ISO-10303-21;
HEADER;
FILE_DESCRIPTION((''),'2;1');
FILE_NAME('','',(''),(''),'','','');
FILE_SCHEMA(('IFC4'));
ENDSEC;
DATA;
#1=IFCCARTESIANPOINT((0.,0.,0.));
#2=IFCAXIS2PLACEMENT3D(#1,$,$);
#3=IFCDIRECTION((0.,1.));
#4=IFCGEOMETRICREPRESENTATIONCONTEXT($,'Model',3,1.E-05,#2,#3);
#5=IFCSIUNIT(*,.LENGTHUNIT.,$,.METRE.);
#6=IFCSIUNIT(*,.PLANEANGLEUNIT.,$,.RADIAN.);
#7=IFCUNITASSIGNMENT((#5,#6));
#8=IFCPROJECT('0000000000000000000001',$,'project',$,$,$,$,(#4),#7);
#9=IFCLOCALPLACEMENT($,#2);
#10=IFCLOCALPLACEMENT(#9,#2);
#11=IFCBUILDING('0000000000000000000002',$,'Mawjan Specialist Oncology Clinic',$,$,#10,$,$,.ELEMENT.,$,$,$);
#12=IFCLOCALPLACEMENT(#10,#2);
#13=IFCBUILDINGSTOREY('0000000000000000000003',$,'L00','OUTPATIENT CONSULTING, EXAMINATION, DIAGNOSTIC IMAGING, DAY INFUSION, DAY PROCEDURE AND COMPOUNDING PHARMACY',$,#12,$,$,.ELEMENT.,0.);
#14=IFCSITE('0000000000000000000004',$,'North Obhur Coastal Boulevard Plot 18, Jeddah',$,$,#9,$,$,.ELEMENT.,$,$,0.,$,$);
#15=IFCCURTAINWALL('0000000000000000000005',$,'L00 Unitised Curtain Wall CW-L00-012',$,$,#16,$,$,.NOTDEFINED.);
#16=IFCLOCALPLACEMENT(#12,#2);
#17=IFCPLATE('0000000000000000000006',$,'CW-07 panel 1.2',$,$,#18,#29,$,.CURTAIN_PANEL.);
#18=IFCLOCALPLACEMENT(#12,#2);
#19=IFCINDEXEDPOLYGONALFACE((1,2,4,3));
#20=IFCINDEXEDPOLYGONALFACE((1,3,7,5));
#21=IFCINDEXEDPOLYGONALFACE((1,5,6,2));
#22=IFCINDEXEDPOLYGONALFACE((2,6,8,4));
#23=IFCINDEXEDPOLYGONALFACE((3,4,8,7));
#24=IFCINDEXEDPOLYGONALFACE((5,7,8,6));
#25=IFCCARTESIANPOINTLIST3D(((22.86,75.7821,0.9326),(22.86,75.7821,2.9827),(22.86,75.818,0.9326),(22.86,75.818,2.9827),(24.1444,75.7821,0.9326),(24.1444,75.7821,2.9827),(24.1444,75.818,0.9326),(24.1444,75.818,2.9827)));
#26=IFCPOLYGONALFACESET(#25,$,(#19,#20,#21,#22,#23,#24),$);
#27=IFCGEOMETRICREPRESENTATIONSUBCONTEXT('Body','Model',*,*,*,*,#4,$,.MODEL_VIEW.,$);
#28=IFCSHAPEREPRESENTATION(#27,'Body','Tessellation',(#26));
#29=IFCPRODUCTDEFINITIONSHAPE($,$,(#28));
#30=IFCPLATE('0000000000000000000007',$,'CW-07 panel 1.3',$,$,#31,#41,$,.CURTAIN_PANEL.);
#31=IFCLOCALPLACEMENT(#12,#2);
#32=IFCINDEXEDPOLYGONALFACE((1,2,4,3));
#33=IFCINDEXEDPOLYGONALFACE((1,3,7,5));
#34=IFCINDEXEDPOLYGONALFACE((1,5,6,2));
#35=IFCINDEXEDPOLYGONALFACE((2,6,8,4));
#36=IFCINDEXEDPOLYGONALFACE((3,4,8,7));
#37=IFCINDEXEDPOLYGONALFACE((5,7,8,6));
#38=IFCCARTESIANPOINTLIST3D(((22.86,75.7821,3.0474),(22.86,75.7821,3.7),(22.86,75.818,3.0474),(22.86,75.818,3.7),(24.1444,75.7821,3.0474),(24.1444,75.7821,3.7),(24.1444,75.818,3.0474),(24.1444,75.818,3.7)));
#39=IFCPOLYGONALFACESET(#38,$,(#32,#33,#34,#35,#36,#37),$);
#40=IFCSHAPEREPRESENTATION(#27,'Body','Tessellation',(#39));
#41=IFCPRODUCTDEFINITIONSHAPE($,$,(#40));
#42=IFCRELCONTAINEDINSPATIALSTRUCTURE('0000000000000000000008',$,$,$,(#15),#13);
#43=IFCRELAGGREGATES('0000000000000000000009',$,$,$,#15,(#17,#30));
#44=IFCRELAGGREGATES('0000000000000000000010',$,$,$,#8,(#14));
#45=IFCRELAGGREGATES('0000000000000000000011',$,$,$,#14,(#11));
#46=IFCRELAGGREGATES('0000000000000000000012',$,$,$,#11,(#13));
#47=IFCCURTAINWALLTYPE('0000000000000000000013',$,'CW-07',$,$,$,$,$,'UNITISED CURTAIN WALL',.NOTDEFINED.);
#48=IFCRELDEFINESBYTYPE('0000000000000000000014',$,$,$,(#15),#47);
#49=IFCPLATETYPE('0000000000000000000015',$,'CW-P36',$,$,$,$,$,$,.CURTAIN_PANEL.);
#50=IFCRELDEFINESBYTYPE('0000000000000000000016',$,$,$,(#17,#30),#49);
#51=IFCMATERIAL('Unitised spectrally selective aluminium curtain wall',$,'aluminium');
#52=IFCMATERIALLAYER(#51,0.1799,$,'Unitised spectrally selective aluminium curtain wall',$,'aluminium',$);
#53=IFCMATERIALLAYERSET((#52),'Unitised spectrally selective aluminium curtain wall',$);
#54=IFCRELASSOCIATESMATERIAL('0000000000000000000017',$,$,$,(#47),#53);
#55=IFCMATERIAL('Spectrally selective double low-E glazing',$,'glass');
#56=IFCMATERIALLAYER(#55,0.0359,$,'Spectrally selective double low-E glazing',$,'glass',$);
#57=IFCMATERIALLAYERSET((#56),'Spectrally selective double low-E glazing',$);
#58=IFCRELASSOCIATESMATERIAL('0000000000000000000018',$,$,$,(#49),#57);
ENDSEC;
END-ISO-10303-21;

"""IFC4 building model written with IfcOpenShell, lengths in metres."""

from ifc_helpers import new_model, si_unit, direction, frame, origin, origin_2d, place, context, subcontext, project, spatial, rectangle, extrude, material, layer, layer_set, type_object, element, aggregate, save


model = new_model("IFC4")

# Units and contexts
model_context = context("Model", 3, precision=1e-05, world=origin(), true_north=direction((0.0, 1.0)))
body_context = subcontext(model_context, "Body", "Model", "MODEL_VIEW")
ifc_project = project(units=[si_unit("LENGTHUNIT", "METRE"), si_unit("PLANEANGLEUNIT", "RADIAN")], contexts=[model_context])

# Site, building, storey
site_placement = place(None, origin())
site = spatial("IfcSite", under=ifc_project, at=site_placement, Name="North Obhur Coastal Boulevard Plot 18, Jeddah", CompositionType="ELEMENT", RefElevation=0.0)
building_placement = place(site_placement, origin())
building = spatial("IfcBuilding", under=site, at=building_placement, Name="Mawjan Specialist Oncology Clinic", CompositionType="ELEMENT")
storey_placement = place(building_placement, origin())
storey = spatial("IfcBuildingStorey", under=building, at=storey_placement, Name="L00", Description="OUTPATIENT CONSULTING, EXAMINATION, DIAGNOSTIC IMAGING, DAY INFUSION, DAY PROCEDURE AND COMPOUNDING PHARMACY", CompositionType="ELEMENT", Elevation=0.0)

# Curtain wall
ifc_material_1 = material(Name="Unitised spectrally selective aluminium curtain wall", Category="aluminium")
ifc_layer_1 = layer(ifc_material_1, 0.1799, Name="Unitised spectrally selective aluminium curtain wall", Category="aluminium")
ifc_layer_set_1 = layer_set([ifc_layer_1], Name="Unitised spectrally selective aluminium curtain wall")
curtain_wall_type_1 = type_object("IfcCurtainWallType", Name="CW-07", ElementType="UNITISED CURTAIN WALL", PredefinedType="NOTDEFINED", material=ifc_layer_set_1)
curtain_wall_1_placement = place(storey_placement, origin())
curtain_wall_1 = element("IfcCurtainWall", 1, at=curtain_wall_1_placement, inside=storey, type_object=curtain_wall_type_1, Name="L00 Unitised Curtain Wall CW-L00-012", PredefinedType="NOTDEFINED")

# Plates
ifc_material_2 = material(Name="Spectrally selective double low-E glazing", Category="glass")
ifc_layer_2 = layer(ifc_material_2, 0.0359, Name="Spectrally selective double low-E glazing", Category="glass")
ifc_layer_set_2 = layer_set([ifc_layer_2], Name="Spectrally selective double low-E glazing")
plate_type = type_object("IfcPlateType", Name="CW-P36", PredefinedType="CURTAIN_PANEL", material=ifc_layer_set_2)
plate_1_placement = place(storey_placement, frame((23.5022, 75.8, 0.9326), z_axis=(0.0, 0.0, 1.0), x_axis=(1.0, 0.0, 0.0)))
plate_1 = element("IfcPlate", 2, at=plate_1_placement, type_object=plate_type, Name="CW-07 panel 1.2", PredefinedType="CURTAIN_PANEL", context=body_context, shape_type="SweptSolid", body=[
    extrude(rectangle(XDim=1.2844, YDim=0.0359, at=origin_2d()), origin(), (0.0, 0.0, 1.0), 2.05),
])
plate_2_placement = place(storey_placement, frame((23.5022, 75.8, 3.0474), z_axis=(0.0, 0.0, 1.0), x_axis=(1.0, 0.0, 0.0)))
plate_2 = element("IfcPlate", 3, at=plate_2_placement, type_object=plate_type, Name="CW-07 panel 1.3", PredefinedType="CURTAIN_PANEL", context=body_context, shape_type="SweptSolid", body=[
    extrude(rectangle(XDim=1.2844, YDim=0.0359, at=origin_2d()), origin(), (0.0, 0.0, 1.0), 0.6526),
])
aggregate(curtain_wall_1, [plate_1, plate_2])

save(model, "model.ifc")
